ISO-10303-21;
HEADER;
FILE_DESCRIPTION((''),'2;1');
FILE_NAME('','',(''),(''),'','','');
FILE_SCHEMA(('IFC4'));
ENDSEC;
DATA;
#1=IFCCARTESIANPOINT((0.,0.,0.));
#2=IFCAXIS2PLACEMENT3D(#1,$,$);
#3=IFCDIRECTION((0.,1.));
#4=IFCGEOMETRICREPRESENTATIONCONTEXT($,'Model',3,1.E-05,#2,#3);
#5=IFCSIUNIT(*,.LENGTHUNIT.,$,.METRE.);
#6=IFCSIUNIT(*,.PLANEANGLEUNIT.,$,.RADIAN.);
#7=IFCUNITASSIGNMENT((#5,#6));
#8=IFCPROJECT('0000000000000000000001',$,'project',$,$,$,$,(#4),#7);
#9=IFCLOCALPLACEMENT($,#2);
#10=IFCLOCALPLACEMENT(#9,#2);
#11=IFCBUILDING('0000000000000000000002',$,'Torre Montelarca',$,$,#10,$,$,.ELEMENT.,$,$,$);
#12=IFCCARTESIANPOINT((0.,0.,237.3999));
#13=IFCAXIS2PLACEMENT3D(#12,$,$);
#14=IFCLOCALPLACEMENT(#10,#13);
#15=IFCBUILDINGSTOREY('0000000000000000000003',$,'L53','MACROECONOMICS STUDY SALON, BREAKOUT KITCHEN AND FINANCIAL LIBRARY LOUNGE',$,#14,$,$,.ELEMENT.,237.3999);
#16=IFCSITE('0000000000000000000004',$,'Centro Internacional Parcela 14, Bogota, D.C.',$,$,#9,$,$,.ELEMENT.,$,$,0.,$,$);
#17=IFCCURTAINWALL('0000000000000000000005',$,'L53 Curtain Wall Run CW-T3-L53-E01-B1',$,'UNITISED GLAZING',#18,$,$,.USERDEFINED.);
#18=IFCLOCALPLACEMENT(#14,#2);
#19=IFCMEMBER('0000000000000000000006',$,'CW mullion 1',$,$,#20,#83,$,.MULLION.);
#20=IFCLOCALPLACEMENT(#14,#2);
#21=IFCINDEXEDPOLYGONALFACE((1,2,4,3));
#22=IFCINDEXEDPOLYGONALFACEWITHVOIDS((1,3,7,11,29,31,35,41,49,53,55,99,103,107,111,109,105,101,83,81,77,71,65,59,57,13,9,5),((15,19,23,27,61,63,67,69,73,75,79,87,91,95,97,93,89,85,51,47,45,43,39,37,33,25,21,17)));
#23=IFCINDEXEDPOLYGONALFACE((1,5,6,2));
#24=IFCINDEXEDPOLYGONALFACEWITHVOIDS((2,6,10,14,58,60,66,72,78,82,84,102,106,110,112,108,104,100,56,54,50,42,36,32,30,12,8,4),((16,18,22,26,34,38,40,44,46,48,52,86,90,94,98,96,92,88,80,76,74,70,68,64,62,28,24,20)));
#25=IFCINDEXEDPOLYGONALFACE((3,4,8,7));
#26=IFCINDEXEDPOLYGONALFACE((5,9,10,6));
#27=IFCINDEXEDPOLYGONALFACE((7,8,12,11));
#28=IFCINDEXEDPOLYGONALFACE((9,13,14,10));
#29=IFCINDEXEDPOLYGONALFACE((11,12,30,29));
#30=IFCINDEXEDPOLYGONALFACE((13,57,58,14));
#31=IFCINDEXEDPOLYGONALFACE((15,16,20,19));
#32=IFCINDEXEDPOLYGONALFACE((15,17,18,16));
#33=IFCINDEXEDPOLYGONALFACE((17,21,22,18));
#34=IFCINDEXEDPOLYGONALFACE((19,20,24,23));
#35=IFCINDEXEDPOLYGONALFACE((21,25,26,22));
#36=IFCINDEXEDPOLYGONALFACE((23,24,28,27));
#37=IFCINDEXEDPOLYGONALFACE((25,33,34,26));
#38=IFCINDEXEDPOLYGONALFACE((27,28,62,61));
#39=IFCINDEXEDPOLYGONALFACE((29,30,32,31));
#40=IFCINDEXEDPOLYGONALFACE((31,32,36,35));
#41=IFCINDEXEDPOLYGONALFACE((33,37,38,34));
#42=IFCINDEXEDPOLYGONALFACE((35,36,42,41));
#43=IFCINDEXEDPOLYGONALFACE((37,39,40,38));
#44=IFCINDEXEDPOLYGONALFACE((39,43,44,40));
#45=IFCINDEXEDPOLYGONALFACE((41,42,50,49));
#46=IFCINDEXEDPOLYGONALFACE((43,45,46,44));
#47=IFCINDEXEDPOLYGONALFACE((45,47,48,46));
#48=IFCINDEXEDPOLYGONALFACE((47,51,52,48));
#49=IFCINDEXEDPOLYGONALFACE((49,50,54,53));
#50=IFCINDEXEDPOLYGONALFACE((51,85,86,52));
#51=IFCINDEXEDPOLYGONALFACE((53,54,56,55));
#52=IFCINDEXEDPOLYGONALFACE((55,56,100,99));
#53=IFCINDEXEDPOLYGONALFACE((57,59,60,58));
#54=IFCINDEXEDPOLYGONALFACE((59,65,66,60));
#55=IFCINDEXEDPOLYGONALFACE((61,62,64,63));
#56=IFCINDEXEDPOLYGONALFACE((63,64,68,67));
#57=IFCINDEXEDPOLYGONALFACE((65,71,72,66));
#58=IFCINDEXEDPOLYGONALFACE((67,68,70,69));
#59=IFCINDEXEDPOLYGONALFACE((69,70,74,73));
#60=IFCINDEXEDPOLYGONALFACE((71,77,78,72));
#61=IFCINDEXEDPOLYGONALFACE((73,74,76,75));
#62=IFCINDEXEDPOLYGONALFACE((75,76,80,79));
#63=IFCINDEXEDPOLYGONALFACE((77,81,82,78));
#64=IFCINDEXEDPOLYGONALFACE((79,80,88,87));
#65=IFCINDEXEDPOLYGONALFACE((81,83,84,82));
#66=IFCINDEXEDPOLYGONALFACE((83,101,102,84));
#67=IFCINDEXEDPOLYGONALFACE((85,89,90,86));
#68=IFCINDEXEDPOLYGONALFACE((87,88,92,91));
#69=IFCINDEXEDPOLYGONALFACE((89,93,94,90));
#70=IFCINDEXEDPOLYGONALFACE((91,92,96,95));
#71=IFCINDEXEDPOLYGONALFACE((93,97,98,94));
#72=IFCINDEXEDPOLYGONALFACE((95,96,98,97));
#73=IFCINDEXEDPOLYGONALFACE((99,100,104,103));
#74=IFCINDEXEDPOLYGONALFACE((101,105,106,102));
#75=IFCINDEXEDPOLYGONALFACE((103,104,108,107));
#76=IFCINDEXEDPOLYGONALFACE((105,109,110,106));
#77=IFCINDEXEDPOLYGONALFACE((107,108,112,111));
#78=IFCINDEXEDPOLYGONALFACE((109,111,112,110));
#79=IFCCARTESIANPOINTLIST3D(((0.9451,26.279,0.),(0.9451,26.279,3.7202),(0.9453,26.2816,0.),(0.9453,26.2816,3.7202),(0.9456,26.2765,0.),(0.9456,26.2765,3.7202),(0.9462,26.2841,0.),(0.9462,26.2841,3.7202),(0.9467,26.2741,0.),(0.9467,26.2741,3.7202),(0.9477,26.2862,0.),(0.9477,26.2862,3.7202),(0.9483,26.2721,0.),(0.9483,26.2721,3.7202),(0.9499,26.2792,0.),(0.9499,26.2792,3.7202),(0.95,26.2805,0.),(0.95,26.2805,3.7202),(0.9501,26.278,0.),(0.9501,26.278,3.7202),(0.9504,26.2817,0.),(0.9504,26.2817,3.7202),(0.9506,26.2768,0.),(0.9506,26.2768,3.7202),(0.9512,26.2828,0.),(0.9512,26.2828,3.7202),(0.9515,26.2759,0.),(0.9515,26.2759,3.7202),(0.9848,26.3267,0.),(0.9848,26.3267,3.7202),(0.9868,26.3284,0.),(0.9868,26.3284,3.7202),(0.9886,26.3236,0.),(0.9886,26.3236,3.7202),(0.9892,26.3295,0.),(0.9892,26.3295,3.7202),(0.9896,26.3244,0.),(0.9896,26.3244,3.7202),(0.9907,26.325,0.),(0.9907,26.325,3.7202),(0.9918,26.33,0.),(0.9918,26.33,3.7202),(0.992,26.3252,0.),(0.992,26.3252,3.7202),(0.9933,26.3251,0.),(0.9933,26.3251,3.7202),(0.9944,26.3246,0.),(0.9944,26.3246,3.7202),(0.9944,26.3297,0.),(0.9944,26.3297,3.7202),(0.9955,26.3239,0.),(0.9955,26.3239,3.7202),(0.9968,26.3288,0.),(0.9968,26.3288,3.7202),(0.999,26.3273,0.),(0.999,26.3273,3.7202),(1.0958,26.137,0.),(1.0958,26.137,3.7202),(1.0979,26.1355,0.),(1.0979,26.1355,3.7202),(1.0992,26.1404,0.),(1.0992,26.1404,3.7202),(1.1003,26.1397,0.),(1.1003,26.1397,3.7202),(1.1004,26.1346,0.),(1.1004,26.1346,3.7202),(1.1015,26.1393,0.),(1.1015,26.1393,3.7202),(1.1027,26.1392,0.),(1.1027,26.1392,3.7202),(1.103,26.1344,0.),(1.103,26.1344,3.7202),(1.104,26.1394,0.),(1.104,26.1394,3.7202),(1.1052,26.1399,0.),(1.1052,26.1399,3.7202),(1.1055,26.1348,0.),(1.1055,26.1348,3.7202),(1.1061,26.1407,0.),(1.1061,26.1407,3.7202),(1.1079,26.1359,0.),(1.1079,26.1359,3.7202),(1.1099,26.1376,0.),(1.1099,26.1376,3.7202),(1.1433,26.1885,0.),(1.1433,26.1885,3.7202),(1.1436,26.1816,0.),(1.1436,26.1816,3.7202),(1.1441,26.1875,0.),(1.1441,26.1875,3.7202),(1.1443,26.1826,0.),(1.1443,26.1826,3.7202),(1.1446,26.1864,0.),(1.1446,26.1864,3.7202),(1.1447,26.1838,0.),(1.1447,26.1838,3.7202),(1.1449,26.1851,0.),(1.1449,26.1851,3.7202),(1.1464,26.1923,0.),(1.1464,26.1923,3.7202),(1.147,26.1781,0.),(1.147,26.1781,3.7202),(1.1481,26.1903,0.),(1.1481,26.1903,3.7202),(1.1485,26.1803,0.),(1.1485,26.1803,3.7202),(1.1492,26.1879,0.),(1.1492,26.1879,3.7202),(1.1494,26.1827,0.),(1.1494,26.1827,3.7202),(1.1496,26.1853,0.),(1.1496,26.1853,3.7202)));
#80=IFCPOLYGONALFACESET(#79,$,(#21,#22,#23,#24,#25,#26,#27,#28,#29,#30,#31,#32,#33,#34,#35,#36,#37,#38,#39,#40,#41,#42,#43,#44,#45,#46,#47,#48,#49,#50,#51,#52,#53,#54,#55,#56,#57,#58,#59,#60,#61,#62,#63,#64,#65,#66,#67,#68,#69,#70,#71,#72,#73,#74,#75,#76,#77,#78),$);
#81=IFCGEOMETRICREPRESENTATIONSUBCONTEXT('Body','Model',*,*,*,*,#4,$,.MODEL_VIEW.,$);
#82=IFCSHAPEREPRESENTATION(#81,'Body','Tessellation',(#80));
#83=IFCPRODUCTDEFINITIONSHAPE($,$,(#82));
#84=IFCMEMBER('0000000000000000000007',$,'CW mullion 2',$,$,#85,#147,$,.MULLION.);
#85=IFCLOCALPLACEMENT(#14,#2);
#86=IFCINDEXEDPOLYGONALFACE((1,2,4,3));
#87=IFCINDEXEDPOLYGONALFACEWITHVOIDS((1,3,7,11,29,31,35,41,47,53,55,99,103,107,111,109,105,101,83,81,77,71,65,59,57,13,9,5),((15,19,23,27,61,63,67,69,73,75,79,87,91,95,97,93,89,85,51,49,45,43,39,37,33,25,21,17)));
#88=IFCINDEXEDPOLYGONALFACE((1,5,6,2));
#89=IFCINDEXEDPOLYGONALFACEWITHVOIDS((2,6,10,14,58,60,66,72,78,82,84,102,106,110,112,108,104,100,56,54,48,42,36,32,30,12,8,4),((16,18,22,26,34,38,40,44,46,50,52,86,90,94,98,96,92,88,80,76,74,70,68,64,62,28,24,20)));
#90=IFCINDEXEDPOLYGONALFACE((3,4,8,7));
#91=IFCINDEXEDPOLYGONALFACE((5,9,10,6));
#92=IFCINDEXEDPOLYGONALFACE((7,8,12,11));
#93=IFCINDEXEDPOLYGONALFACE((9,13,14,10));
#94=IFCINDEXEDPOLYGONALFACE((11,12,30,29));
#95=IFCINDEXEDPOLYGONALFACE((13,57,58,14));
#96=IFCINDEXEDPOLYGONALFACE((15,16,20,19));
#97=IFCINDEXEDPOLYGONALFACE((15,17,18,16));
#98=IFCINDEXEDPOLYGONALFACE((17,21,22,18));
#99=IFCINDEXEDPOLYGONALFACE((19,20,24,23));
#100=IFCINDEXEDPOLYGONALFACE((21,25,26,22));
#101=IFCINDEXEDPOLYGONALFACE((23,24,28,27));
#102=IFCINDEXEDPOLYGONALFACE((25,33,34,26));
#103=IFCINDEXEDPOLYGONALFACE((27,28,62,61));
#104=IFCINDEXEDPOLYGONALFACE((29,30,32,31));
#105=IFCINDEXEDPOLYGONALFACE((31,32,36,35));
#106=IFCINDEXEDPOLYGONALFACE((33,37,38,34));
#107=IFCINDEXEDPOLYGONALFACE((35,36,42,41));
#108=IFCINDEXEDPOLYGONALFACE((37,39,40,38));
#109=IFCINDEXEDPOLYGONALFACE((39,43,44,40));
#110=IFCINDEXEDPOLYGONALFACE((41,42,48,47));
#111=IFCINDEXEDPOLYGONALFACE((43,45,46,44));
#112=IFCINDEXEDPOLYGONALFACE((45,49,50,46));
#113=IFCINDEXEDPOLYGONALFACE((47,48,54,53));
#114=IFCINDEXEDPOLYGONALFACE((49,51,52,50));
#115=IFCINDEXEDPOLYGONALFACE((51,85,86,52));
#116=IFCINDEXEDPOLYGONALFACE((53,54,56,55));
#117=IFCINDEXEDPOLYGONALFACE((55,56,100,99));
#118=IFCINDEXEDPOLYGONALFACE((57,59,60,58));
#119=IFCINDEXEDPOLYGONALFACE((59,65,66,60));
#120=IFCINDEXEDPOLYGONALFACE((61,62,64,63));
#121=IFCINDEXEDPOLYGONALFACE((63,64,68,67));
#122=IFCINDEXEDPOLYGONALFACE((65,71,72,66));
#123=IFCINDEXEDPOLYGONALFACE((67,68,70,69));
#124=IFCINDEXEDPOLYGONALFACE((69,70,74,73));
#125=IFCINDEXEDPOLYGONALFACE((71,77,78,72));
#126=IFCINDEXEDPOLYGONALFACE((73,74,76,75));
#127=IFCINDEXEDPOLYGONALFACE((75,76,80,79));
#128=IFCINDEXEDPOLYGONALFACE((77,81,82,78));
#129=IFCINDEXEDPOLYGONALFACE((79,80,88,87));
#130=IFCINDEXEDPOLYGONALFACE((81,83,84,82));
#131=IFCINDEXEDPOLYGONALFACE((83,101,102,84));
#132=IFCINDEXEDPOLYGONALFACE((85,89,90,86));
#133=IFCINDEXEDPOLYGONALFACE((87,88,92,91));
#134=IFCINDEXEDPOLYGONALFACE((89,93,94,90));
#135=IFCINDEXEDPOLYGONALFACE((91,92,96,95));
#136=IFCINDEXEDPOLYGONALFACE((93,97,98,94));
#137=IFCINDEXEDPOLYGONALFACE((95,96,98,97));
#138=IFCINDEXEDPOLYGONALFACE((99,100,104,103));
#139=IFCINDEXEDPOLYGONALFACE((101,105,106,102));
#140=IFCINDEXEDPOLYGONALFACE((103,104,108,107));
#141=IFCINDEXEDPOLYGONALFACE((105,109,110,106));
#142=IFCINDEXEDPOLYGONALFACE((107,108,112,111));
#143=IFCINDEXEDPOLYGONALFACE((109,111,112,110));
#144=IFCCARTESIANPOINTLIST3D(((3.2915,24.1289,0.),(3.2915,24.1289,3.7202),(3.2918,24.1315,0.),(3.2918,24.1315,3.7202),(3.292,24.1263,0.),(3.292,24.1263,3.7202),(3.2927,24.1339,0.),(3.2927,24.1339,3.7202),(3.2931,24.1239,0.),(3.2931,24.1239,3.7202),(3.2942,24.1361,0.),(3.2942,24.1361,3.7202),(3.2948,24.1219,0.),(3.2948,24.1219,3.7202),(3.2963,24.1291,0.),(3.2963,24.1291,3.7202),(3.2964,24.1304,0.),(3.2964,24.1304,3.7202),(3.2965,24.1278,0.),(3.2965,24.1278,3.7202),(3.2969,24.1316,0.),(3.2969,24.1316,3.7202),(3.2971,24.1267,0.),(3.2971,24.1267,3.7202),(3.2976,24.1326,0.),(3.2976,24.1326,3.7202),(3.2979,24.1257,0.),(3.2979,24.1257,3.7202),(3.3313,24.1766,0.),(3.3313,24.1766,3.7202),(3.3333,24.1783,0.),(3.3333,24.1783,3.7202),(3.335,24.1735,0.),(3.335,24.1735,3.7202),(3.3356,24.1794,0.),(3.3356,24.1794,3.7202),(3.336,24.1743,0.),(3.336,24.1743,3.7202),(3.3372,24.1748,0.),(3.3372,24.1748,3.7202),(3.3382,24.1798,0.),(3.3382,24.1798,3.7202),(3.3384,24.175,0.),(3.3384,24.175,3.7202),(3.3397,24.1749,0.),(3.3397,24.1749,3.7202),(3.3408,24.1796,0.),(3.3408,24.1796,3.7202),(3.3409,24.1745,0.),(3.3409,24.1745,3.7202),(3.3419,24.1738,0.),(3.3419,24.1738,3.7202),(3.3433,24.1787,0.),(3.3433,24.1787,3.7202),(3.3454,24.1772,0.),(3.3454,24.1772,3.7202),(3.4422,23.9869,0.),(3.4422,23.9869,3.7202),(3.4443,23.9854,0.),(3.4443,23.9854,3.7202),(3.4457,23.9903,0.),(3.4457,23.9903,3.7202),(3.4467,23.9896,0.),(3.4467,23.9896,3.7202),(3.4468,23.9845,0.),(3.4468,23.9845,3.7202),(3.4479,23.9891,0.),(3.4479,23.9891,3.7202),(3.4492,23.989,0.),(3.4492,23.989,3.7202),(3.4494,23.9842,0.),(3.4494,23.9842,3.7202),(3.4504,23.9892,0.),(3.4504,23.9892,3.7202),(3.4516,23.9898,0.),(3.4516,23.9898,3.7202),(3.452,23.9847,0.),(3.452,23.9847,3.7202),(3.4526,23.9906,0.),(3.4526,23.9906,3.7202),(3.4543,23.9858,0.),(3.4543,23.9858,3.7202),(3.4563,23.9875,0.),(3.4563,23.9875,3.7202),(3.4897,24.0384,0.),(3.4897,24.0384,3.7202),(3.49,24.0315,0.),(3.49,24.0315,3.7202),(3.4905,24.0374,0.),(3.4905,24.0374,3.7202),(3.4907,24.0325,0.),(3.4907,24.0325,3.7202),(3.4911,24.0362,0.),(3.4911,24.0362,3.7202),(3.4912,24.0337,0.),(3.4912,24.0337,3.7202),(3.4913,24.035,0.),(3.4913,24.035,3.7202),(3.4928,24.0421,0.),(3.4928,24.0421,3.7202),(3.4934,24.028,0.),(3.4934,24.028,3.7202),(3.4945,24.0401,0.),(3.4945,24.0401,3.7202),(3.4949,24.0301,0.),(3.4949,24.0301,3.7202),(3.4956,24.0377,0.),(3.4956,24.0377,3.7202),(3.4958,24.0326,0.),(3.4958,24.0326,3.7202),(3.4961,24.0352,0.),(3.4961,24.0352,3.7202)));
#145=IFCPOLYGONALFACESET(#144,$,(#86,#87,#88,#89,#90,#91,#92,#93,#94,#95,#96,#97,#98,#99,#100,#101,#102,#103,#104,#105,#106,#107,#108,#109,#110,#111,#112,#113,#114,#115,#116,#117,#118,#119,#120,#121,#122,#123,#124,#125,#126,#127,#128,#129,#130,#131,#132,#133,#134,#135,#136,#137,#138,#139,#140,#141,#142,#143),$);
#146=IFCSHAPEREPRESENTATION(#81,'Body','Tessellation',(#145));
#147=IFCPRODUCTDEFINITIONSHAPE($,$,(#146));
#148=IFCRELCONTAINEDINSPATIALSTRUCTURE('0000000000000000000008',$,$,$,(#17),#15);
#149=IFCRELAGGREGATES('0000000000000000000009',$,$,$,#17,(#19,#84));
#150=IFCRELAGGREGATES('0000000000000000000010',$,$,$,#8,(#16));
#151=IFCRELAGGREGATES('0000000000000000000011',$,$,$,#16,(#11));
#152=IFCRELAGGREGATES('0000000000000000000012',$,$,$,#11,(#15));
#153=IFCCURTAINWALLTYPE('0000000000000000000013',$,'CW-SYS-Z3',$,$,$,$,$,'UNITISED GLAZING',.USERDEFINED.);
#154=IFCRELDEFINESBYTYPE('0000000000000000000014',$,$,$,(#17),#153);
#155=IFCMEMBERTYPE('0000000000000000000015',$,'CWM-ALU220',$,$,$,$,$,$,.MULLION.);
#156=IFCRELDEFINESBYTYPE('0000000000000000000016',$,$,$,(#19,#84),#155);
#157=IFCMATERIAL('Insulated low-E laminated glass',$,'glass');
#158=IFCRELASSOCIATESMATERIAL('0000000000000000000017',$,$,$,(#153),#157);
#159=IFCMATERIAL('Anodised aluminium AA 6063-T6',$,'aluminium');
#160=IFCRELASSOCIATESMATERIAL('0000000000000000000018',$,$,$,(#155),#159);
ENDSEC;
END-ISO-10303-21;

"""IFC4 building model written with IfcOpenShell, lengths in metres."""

from ifc_helpers import new_model, si_unit, direction, frame, origin, origin_2d, place, context, subcontext, project, spatial, hollow_rectangle, extrude, source, transform, mapped, material, material_profile, profile_set, type_object, element, aggregate, save


model = new_model("IFC4")

# Units and contexts
model_context = context("Model", 3, precision=1e-05, world=origin(), true_north=direction((0.0, 1.0)))
body_context = subcontext(model_context, "Body", "Model", "MODEL_VIEW")
ifc_project = project(units=[si_unit("LENGTHUNIT", "METRE"), si_unit("PLANEANGLEUNIT", "RADIAN")], contexts=[model_context])

# Site, building, storey
site_placement = place(None, origin())
site = spatial("IfcSite", under=ifc_project, at=site_placement, Name="Centro Internacional Parcela 14, Bogota, D.C.", CompositionType="ELEMENT", RefElevation=0.0)
building_placement = place(site_placement, origin())
building = spatial("IfcBuilding", under=site, at=building_placement, Name="Torre Montelarca", CompositionType="ELEMENT")
storey_placement = place(building_placement, frame((0.0, 0.0, 237.3999)))
storey = spatial("IfcBuildingStorey", under=building, at=storey_placement, Name="L53", Description="MACROECONOMICS STUDY SALON, BREAKOUT KITCHEN AND FINANCIAL LIBRARY LOUNGE", CompositionType="ELEMENT", Elevation=237.3999)

# Curtain wall, members
ifc_material_1 = material(Name="Insulated low-E laminated glass", Category="glass")
curtain_wall_type = type_object("IfcCurtainWallType", Name="CW-SYS-Z3", ElementType="UNITISED GLAZING", PredefinedType="USERDEFINED", material=ifc_material_1)
curtain_wall_1_placement = place(storey_placement, origin())
curtain_wall_1 = element("IfcCurtainWall", 1, at=curtain_wall_1_placement, inside=storey, type_object=curtain_wall_type, Name="L53 Curtain Wall Run CW-T3-L53-E01-B1", ObjectType="UNITISED GLAZING", PredefinedType="USERDEFINED")
ifc_material_2 = material(Name="Anodised aluminium AA 6063-T6", Category="aluminium")
ifc_material_profile_1 = material_profile(ifc_material_2, hollow_rectangle(XDim=0.075, YDim=0.22, WallThickness=0.0049, InnerFilletRadius=0.0049, OuterFilletRadius=0.01, at=origin_2d()), Name="ALU75X220X5", Category="aluminium")
ifc_profile_set_1 = profile_set([ifc_material_profile_1], Name="Anodised aluminium AA 6063-T6")
member_type_1 = type_object("IfcMemberType", Name="CWM-ALU220", PredefinedType="MULLION", material=ifc_profile_set_1)
shared_shape_1 = source(origin(), body_context, "Body", "SweptSolid", [
    extrude(hollow_rectangle(XDim=0.075, YDim=0.22, WallThickness=0.0049, InnerFilletRadius=0.0049, OuterFilletRadius=0.01, at=origin_2d()), origin(), (0.0, 0.0, 1.0), 3.7202),
])
member_1_placement = place(storey_placement, frame((1.0474, 26.2322, 0.0), z_axis=(0.0, 0.0, 1.0), x_axis=(0.675588, 0.73728, 0.0)))
member_1 = element("IfcMember", 2, at=member_1_placement, type_object=member_type_1, Name="CW mullion 1", PredefinedType="MULLION", context=body_context, shape_type="MappedRepresentation", body=[
    mapped(shared_shape_1, transform((0.0, 0.0, 0.0), scale=1.0)),
])
member_2_placement = place(storey_placement, frame((3.3938, 24.082, 0.0), z_axis=(0.0, 0.0, 1.0), x_axis=(0.675588, 0.73728, 0.0)))
member_2 = element("IfcMember", 3, at=member_2_placement, type_object=member_type_1, Name="CW mullion 2", PredefinedType="MULLION", context=body_context, shape_type="MappedRepresentation", body=[
    mapped(shared_shape_1, transform((0.0, 0.0, 0.0), scale=1.0)),
])

aggregate(curtain_wall_1, [member_1, member_2])

save(model, "model.ifc")
